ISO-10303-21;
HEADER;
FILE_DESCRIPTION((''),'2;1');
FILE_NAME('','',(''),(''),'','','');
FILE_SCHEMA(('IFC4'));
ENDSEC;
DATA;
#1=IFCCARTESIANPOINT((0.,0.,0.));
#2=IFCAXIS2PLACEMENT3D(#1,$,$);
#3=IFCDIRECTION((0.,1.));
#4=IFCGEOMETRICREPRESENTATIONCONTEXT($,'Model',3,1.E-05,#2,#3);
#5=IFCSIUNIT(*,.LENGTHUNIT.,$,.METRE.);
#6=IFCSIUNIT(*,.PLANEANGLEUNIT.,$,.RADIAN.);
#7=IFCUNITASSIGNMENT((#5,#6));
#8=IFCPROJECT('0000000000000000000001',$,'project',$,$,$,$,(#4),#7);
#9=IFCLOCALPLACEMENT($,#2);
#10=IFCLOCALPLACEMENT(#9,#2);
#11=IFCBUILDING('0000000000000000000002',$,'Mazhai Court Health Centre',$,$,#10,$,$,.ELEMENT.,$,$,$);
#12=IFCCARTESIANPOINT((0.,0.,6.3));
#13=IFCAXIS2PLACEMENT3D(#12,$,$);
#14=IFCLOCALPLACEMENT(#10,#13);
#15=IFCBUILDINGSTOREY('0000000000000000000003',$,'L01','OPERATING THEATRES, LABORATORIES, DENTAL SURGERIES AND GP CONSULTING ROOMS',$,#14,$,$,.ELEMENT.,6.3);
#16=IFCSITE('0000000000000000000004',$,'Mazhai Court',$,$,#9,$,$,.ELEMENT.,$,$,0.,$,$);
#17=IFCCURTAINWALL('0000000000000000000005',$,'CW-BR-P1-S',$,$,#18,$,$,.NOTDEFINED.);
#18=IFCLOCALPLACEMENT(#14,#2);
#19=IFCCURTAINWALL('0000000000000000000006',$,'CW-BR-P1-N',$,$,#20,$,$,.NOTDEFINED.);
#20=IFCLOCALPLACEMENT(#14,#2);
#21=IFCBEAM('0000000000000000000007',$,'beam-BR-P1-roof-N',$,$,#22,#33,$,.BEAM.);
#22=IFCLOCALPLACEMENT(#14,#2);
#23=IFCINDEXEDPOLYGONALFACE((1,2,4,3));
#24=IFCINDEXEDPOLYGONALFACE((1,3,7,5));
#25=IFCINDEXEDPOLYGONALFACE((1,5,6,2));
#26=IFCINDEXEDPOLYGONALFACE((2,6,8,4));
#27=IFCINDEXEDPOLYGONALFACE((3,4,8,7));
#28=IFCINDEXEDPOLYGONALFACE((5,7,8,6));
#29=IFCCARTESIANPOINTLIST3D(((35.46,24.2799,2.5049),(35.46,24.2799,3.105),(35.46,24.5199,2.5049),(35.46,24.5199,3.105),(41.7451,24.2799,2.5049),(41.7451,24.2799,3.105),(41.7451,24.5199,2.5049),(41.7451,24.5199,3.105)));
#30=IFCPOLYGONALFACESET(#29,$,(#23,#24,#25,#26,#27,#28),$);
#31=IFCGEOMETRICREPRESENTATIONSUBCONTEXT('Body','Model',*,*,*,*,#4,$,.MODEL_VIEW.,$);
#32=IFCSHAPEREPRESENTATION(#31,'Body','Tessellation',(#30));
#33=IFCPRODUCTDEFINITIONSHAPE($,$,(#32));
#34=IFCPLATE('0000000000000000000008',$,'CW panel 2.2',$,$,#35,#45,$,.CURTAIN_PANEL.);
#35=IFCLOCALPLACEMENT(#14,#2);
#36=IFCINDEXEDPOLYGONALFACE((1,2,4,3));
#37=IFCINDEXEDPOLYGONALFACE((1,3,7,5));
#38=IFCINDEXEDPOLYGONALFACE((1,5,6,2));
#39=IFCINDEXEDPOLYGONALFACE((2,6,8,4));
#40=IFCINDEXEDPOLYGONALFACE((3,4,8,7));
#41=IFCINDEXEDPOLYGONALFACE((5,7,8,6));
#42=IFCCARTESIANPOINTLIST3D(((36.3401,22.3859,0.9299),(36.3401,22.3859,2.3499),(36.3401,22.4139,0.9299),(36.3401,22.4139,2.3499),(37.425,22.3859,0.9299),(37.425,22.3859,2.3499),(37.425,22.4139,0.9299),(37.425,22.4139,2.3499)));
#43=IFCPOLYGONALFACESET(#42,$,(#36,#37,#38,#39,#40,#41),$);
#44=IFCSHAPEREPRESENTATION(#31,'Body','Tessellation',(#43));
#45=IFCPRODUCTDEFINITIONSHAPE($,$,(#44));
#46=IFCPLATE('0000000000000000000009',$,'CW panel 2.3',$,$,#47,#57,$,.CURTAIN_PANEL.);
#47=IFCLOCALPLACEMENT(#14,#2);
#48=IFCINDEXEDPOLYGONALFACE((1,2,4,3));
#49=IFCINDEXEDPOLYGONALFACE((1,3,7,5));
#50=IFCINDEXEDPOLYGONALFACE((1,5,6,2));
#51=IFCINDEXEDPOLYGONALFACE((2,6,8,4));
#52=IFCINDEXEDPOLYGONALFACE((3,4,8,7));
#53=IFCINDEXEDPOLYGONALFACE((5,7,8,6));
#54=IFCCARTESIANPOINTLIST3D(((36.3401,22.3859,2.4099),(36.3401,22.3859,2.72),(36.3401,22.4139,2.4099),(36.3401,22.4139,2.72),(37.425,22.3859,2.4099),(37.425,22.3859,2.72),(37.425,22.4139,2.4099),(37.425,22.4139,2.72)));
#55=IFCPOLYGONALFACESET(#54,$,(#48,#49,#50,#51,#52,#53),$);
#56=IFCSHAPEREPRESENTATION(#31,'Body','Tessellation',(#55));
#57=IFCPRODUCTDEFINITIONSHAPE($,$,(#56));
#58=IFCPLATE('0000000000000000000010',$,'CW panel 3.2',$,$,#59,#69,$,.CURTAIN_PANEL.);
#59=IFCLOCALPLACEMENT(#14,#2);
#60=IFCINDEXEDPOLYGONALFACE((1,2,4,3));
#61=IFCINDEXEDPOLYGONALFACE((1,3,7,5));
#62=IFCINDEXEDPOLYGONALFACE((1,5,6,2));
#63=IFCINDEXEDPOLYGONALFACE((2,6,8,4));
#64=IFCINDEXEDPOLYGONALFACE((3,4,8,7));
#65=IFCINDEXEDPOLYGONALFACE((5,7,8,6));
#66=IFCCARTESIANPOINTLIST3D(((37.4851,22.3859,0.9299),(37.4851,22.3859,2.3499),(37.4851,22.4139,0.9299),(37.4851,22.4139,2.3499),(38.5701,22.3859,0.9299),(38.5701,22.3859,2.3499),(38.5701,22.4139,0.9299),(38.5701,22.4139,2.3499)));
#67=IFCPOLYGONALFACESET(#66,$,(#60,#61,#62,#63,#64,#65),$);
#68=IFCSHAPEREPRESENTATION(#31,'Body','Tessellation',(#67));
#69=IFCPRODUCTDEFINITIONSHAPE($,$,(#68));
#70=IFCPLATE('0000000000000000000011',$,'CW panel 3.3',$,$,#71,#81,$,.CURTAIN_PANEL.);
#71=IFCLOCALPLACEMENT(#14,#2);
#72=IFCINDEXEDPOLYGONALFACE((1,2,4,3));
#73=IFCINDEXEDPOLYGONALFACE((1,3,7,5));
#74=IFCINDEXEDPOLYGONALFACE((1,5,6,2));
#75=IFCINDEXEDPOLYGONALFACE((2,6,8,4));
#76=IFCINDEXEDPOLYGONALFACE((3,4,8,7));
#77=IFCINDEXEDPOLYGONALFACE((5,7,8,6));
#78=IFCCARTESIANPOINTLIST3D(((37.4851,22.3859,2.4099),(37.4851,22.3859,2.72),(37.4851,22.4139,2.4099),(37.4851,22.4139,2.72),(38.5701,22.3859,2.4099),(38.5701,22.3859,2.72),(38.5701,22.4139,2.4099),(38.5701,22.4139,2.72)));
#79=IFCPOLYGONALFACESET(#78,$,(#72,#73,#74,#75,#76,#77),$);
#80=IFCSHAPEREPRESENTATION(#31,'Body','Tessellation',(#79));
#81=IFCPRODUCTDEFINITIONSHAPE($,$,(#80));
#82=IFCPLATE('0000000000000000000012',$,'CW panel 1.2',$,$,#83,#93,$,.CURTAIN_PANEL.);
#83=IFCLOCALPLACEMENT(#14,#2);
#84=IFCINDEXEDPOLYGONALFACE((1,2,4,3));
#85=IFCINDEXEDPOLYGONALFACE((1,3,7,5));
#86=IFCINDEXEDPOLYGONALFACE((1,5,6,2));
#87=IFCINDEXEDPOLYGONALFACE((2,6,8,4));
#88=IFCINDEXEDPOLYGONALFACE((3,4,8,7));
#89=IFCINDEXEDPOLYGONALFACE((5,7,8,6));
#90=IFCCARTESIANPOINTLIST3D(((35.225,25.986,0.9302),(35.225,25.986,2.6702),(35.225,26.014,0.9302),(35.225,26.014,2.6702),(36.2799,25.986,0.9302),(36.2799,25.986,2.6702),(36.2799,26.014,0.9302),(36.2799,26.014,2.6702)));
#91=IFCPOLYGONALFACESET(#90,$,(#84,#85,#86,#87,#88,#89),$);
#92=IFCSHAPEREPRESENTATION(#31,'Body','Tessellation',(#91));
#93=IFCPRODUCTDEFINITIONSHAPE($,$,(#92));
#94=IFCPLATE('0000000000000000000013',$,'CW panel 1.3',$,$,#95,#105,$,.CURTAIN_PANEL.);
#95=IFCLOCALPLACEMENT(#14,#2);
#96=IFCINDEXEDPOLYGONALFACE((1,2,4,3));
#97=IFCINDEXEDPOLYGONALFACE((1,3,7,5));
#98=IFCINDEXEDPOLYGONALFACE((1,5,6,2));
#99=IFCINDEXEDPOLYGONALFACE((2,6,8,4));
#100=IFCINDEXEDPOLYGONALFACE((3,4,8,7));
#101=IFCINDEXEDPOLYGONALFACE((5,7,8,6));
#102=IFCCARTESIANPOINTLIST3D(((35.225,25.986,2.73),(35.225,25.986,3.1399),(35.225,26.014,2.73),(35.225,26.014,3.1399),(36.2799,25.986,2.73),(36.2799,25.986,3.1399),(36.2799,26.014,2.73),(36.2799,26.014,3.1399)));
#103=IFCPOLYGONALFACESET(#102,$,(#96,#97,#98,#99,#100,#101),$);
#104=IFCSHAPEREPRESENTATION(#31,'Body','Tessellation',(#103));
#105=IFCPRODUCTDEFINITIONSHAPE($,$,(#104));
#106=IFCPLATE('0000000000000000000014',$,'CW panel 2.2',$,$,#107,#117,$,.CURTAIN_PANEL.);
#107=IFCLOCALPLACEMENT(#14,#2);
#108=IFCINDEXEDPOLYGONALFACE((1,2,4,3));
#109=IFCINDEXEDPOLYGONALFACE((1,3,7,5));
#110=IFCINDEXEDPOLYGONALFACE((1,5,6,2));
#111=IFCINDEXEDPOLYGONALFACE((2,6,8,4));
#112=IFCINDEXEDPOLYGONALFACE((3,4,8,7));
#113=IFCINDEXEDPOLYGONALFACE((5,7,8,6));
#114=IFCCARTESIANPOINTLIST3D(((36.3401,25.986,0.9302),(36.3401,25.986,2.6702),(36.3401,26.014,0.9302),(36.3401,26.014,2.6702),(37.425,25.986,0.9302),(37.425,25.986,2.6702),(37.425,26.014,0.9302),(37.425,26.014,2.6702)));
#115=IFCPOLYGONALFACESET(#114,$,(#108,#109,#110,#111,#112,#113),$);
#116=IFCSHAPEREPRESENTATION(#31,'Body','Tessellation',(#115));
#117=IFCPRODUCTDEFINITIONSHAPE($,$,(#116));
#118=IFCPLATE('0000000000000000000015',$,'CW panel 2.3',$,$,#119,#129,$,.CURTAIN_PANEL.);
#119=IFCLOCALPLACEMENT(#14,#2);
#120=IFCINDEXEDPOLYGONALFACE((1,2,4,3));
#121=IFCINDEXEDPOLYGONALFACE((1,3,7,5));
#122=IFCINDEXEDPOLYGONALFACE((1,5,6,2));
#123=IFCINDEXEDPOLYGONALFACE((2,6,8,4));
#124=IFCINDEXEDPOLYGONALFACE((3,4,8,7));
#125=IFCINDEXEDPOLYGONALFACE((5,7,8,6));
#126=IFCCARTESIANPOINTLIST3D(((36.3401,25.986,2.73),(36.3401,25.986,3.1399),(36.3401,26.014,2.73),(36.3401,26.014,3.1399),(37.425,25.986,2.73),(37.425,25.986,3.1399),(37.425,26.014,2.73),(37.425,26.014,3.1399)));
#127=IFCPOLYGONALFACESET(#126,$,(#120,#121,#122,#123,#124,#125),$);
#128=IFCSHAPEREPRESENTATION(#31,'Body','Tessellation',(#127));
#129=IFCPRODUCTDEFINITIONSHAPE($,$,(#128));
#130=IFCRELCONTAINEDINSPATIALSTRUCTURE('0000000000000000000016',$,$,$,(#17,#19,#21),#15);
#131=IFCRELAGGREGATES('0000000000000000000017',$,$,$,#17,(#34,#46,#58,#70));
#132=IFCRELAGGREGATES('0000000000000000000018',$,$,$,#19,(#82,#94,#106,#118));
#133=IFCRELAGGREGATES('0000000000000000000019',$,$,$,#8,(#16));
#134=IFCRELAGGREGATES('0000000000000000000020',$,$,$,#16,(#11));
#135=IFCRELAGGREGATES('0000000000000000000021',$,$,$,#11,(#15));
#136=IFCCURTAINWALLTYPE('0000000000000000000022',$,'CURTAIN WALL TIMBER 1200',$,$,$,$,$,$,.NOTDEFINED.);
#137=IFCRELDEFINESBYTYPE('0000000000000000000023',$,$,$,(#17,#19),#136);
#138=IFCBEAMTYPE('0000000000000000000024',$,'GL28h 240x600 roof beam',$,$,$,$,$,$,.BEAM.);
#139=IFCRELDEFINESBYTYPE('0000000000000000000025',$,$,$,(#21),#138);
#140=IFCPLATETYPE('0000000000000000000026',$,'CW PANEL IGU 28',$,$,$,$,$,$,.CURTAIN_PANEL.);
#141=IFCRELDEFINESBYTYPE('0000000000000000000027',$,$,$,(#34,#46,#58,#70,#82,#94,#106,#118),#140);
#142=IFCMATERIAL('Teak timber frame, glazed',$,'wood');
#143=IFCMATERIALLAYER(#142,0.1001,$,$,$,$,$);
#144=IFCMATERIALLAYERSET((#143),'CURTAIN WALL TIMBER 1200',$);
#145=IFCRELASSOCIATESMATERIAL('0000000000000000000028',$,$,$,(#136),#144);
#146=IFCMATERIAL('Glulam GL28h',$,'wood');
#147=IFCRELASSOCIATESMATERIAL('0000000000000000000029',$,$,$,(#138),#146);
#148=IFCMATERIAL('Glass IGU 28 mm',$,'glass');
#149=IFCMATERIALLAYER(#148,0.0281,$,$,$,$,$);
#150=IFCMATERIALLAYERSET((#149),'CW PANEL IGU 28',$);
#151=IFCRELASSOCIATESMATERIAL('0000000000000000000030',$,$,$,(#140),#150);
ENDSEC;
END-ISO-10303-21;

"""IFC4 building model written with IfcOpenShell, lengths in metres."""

from ifc_helpers import new_model, si_unit, direction, frame, origin, origin_2d, place, context, subcontext, project, spatial, rectangle, extrude, material, layer, layer_set, material_profile, profile_set, type_object, element, aggregate, save


model = new_model("IFC4")

# Units and contexts
model_context = context("Model", 3, precision=1e-05, world=origin(), true_north=direction((0.0, 1.0)))
body_context = subcontext(model_context, "Body", "Model", "MODEL_VIEW")
ifc_project = project(units=[si_unit("LENGTHUNIT", "METRE"), si_unit("PLANEANGLEUNIT", "RADIAN")], contexts=[model_context])

# Site, building, storey
site_placement = place(None, origin())
site = spatial("IfcSite", under=ifc_project, at=site_placement, Name="Mazhai Court", CompositionType="ELEMENT", RefElevation=0.0)
building_placement = place(site_placement, origin())
building = spatial("IfcBuilding", under=site, at=building_placement, Name="Mazhai Court Health Centre", CompositionType="ELEMENT")
storey_placement = place(building_placement, frame((0.0, 0.0, 6.3)))
storey = spatial("IfcBuildingStorey", under=building, at=storey_placement, Name="L01", Description="OPERATING THEATRES, LABORATORIES, DENTAL SURGERIES AND GP CONSULTING ROOMS", CompositionType="ELEMENT", Elevation=6.3)

# Curtain walls
ifc_material_1 = material(Name="Teak timber frame, glazed", Category="wood")
ifc_layer_1 = layer(ifc_material_1, 0.1001)
ifc_layer_set_1 = layer_set([ifc_layer_1], Name="CURTAIN WALL TIMBER 1200")
curtain_wall_type = type_object("IfcCurtainWallType", Name="CURTAIN WALL TIMBER 1200", PredefinedType="NOTDEFINED", material=ifc_layer_set_1)
curtain_wall_1_placement = place(storey_placement, origin())
curtain_wall_1 = element("IfcCurtainWall", 1, at=curtain_wall_1_placement, inside=storey, type_object=curtain_wall_type, Name="CW-BR-P1-S", PredefinedType="NOTDEFINED")
curtain_wall_2_placement = place(storey_placement, origin())
curtain_wall_2 = element("IfcCurtainWall", 2, at=curtain_wall_2_placement, inside=storey, type_object=curtain_wall_type, Name="CW-BR-P1-N", PredefinedType="NOTDEFINED")

# Beam
ifc_material_2 = material(Name="Glulam GL28h", Category="wood")
ifc_material_profile_1 = material_profile(ifc_material_2, rectangle(XDim=0.24, YDim=0.6001, at=origin_2d()), Name="GL28h 240x600")
ifc_profile_set_1 = profile_set([ifc_material_profile_1], Name="Glulam GL28h")
beam_type_1 = type_object("IfcBeamType", Name="GL28h 240x600 roof beam", PredefinedType="BEAM", material=ifc_profile_set_1)
for number, where, z_axis, x_axis, name in (
    (3, (35.46, 24.3999, 2.8049), (1.0, 0.0, 0.0), (0.0, 1.0, 0.0), "beam-BR-P1-roof-N"),
):
    element("IfcBeam", number, at=place(storey_placement, frame(where, z_axis=z_axis, x_axis=x_axis)), inside=storey, type_object=beam_type_1, Name=name, PredefinedType="BEAM", context=body_context, shape_type="SweptSolid", body=[
        extrude(rectangle(XDim=0.24, YDim=0.6001, at=origin_2d()), origin(), (0.0, 0.0, 1.0), 6.2852),
    ])

# Plates
ifc_material_3 = material(Name="Glass IGU 28 mm", Category="glass")
ifc_layer_2 = layer(ifc_material_3, 0.0281)
ifc_layer_set_2 = layer_set([ifc_layer_2], Name="CW PANEL IGU 28")
plate_type = type_object("IfcPlateType", Name="CW PANEL IGU 28", PredefinedType="CURTAIN_PANEL", material=ifc_layer_set_2)
plate_1_placement = place(storey_placement, frame((36.8826, 22.3999, 0.9299), z_axis=(0.0, 0.0, 1.0), x_axis=(1.0, 0.0, 0.0)))
plate_1 = element("IfcPlate", 4, at=plate_1_placement, type_object=plate_type, Name="CW panel 2.2", PredefinedType="CURTAIN_PANEL", context=body_context, shape_type="SweptSolid", body=[
    extrude(rectangle(XDim=1.085, YDim=0.0281, at=origin_2d()), origin(), (0.0, 0.0, 1.0), 1.4199),
])
plate_2_placement = place(storey_placement, frame((36.8826, 22.3999, 2.4099), z_axis=(0.0, 0.0, 1.0), x_axis=(1.0, 0.0, 0.0)))
plate_2 = element("IfcPlate", 5, at=plate_2_placement, type_object=plate_type, Name="CW panel 2.3", PredefinedType="CURTAIN_PANEL", context=body_context, shape_type="SweptSolid", body=[
    extrude(rectangle(XDim=1.085, YDim=0.0281, at=origin_2d()), origin(), (0.0, 0.0, 1.0), 0.3101),
])
plate_3_placement = place(storey_placement, frame((38.0276, 22.3999, 0.9299), z_axis=(0.0, 0.0, 1.0), x_axis=(1.0, 0.0, 0.0)))
plate_3 = element("IfcPlate", 6, at=plate_3_placement, type_object=plate_type, Name="CW panel 3.2", PredefinedType="CURTAIN_PANEL", context=body_context, shape_type="SweptSolid", body=[
    extrude(rectangle(XDim=1.085, YDim=0.0281, at=origin_2d()), origin(), (0.0, 0.0, 1.0), 1.4199),
])
plate_4_placement = place(storey_placement, frame((38.0276, 22.3999, 2.4099), z_axis=(0.0, 0.0, 1.0), x_axis=(1.0, 0.0, 0.0)))
plate_4 = element("IfcPlate", 7, at=plate_4_placement, type_object=plate_type, Name="CW panel 3.3", PredefinedType="CURTAIN_PANEL", context=body_context, shape_type="SweptSolid", body=[
    extrude(rectangle(XDim=1.085, YDim=0.0281, at=origin_2d()), origin(), (0.0, 0.0, 1.0), 0.3101),
])
aggregate(curtain_wall_1, [plate_1, plate_2, plate_3, plate_4])
plate_5_placement = place(storey_placement, frame((35.7524, 26.0, 0.9302), z_axis=(0.0, 0.0, 1.0), x_axis=(1.0, 0.0, 0.0)))
plate_5 = element("IfcPlate", 8, at=plate_5_placement, type_object=plate_type, Name="CW panel 1.2", PredefinedType="CURTAIN_PANEL", context=body_context, shape_type="SweptSolid", body=[
    extrude(rectangle(XDim=1.0549, YDim=0.0281, at=origin_2d()), origin(), (0.0, 0.0, 1.0), 1.74),
])
plate_6_placement = place(storey_placement, frame((35.7524, 26.0, 2.73), z_axis=(0.0, 0.0, 1.0), x_axis=(1.0, 0.0, 0.0)))
plate_6 = element("IfcPlate", 9, at=plate_6_placement, type_object=plate_type, Name="CW panel 1.3", PredefinedType="CURTAIN_PANEL", context=body_context, shape_type="SweptSolid", body=[
    extrude(rectangle(XDim=1.0549, YDim=0.0281, at=origin_2d()), origin(), (0.0, 0.0, 1.0), 0.4099),
])
plate_7_placement = place(storey_placement, frame((36.8826, 26.0, 0.9302), z_axis=(0.0, 0.0, 1.0), x_axis=(1.0, 0.0, 0.0)))
plate_7 = element("IfcPlate", 10, at=plate_7_placement, type_object=plate_type, Name="CW panel 2.2", PredefinedType="CURTAIN_PANEL", context=body_context, shape_type="SweptSolid", body=[
    extrude(rectangle(XDim=1.085, YDim=0.0281, at=origin_2d()), origin(), (0.0, 0.0, 1.0), 1.74),
])
plate_8_placement = place(storey_placement, frame((36.8826, 26.0, 2.73), z_axis=(0.0, 0.0, 1.0), x_axis=(1.0, 0.0, 0.0)))
plate_8 = element("IfcPlate", 11, at=plate_8_placement, type_object=plate_type, Name="CW panel 2.3", PredefinedType="CURTAIN_PANEL", context=body_context, shape_type="SweptSolid", body=[
    extrude(rectangle(XDim=1.085, YDim=0.0281, at=origin_2d()), origin(), (0.0, 0.0, 1.0), 0.4099),
])
aggregate(curtain_wall_2, [plate_5, plate_6, plate_7, plate_8])

save(model, "model.ifc")
